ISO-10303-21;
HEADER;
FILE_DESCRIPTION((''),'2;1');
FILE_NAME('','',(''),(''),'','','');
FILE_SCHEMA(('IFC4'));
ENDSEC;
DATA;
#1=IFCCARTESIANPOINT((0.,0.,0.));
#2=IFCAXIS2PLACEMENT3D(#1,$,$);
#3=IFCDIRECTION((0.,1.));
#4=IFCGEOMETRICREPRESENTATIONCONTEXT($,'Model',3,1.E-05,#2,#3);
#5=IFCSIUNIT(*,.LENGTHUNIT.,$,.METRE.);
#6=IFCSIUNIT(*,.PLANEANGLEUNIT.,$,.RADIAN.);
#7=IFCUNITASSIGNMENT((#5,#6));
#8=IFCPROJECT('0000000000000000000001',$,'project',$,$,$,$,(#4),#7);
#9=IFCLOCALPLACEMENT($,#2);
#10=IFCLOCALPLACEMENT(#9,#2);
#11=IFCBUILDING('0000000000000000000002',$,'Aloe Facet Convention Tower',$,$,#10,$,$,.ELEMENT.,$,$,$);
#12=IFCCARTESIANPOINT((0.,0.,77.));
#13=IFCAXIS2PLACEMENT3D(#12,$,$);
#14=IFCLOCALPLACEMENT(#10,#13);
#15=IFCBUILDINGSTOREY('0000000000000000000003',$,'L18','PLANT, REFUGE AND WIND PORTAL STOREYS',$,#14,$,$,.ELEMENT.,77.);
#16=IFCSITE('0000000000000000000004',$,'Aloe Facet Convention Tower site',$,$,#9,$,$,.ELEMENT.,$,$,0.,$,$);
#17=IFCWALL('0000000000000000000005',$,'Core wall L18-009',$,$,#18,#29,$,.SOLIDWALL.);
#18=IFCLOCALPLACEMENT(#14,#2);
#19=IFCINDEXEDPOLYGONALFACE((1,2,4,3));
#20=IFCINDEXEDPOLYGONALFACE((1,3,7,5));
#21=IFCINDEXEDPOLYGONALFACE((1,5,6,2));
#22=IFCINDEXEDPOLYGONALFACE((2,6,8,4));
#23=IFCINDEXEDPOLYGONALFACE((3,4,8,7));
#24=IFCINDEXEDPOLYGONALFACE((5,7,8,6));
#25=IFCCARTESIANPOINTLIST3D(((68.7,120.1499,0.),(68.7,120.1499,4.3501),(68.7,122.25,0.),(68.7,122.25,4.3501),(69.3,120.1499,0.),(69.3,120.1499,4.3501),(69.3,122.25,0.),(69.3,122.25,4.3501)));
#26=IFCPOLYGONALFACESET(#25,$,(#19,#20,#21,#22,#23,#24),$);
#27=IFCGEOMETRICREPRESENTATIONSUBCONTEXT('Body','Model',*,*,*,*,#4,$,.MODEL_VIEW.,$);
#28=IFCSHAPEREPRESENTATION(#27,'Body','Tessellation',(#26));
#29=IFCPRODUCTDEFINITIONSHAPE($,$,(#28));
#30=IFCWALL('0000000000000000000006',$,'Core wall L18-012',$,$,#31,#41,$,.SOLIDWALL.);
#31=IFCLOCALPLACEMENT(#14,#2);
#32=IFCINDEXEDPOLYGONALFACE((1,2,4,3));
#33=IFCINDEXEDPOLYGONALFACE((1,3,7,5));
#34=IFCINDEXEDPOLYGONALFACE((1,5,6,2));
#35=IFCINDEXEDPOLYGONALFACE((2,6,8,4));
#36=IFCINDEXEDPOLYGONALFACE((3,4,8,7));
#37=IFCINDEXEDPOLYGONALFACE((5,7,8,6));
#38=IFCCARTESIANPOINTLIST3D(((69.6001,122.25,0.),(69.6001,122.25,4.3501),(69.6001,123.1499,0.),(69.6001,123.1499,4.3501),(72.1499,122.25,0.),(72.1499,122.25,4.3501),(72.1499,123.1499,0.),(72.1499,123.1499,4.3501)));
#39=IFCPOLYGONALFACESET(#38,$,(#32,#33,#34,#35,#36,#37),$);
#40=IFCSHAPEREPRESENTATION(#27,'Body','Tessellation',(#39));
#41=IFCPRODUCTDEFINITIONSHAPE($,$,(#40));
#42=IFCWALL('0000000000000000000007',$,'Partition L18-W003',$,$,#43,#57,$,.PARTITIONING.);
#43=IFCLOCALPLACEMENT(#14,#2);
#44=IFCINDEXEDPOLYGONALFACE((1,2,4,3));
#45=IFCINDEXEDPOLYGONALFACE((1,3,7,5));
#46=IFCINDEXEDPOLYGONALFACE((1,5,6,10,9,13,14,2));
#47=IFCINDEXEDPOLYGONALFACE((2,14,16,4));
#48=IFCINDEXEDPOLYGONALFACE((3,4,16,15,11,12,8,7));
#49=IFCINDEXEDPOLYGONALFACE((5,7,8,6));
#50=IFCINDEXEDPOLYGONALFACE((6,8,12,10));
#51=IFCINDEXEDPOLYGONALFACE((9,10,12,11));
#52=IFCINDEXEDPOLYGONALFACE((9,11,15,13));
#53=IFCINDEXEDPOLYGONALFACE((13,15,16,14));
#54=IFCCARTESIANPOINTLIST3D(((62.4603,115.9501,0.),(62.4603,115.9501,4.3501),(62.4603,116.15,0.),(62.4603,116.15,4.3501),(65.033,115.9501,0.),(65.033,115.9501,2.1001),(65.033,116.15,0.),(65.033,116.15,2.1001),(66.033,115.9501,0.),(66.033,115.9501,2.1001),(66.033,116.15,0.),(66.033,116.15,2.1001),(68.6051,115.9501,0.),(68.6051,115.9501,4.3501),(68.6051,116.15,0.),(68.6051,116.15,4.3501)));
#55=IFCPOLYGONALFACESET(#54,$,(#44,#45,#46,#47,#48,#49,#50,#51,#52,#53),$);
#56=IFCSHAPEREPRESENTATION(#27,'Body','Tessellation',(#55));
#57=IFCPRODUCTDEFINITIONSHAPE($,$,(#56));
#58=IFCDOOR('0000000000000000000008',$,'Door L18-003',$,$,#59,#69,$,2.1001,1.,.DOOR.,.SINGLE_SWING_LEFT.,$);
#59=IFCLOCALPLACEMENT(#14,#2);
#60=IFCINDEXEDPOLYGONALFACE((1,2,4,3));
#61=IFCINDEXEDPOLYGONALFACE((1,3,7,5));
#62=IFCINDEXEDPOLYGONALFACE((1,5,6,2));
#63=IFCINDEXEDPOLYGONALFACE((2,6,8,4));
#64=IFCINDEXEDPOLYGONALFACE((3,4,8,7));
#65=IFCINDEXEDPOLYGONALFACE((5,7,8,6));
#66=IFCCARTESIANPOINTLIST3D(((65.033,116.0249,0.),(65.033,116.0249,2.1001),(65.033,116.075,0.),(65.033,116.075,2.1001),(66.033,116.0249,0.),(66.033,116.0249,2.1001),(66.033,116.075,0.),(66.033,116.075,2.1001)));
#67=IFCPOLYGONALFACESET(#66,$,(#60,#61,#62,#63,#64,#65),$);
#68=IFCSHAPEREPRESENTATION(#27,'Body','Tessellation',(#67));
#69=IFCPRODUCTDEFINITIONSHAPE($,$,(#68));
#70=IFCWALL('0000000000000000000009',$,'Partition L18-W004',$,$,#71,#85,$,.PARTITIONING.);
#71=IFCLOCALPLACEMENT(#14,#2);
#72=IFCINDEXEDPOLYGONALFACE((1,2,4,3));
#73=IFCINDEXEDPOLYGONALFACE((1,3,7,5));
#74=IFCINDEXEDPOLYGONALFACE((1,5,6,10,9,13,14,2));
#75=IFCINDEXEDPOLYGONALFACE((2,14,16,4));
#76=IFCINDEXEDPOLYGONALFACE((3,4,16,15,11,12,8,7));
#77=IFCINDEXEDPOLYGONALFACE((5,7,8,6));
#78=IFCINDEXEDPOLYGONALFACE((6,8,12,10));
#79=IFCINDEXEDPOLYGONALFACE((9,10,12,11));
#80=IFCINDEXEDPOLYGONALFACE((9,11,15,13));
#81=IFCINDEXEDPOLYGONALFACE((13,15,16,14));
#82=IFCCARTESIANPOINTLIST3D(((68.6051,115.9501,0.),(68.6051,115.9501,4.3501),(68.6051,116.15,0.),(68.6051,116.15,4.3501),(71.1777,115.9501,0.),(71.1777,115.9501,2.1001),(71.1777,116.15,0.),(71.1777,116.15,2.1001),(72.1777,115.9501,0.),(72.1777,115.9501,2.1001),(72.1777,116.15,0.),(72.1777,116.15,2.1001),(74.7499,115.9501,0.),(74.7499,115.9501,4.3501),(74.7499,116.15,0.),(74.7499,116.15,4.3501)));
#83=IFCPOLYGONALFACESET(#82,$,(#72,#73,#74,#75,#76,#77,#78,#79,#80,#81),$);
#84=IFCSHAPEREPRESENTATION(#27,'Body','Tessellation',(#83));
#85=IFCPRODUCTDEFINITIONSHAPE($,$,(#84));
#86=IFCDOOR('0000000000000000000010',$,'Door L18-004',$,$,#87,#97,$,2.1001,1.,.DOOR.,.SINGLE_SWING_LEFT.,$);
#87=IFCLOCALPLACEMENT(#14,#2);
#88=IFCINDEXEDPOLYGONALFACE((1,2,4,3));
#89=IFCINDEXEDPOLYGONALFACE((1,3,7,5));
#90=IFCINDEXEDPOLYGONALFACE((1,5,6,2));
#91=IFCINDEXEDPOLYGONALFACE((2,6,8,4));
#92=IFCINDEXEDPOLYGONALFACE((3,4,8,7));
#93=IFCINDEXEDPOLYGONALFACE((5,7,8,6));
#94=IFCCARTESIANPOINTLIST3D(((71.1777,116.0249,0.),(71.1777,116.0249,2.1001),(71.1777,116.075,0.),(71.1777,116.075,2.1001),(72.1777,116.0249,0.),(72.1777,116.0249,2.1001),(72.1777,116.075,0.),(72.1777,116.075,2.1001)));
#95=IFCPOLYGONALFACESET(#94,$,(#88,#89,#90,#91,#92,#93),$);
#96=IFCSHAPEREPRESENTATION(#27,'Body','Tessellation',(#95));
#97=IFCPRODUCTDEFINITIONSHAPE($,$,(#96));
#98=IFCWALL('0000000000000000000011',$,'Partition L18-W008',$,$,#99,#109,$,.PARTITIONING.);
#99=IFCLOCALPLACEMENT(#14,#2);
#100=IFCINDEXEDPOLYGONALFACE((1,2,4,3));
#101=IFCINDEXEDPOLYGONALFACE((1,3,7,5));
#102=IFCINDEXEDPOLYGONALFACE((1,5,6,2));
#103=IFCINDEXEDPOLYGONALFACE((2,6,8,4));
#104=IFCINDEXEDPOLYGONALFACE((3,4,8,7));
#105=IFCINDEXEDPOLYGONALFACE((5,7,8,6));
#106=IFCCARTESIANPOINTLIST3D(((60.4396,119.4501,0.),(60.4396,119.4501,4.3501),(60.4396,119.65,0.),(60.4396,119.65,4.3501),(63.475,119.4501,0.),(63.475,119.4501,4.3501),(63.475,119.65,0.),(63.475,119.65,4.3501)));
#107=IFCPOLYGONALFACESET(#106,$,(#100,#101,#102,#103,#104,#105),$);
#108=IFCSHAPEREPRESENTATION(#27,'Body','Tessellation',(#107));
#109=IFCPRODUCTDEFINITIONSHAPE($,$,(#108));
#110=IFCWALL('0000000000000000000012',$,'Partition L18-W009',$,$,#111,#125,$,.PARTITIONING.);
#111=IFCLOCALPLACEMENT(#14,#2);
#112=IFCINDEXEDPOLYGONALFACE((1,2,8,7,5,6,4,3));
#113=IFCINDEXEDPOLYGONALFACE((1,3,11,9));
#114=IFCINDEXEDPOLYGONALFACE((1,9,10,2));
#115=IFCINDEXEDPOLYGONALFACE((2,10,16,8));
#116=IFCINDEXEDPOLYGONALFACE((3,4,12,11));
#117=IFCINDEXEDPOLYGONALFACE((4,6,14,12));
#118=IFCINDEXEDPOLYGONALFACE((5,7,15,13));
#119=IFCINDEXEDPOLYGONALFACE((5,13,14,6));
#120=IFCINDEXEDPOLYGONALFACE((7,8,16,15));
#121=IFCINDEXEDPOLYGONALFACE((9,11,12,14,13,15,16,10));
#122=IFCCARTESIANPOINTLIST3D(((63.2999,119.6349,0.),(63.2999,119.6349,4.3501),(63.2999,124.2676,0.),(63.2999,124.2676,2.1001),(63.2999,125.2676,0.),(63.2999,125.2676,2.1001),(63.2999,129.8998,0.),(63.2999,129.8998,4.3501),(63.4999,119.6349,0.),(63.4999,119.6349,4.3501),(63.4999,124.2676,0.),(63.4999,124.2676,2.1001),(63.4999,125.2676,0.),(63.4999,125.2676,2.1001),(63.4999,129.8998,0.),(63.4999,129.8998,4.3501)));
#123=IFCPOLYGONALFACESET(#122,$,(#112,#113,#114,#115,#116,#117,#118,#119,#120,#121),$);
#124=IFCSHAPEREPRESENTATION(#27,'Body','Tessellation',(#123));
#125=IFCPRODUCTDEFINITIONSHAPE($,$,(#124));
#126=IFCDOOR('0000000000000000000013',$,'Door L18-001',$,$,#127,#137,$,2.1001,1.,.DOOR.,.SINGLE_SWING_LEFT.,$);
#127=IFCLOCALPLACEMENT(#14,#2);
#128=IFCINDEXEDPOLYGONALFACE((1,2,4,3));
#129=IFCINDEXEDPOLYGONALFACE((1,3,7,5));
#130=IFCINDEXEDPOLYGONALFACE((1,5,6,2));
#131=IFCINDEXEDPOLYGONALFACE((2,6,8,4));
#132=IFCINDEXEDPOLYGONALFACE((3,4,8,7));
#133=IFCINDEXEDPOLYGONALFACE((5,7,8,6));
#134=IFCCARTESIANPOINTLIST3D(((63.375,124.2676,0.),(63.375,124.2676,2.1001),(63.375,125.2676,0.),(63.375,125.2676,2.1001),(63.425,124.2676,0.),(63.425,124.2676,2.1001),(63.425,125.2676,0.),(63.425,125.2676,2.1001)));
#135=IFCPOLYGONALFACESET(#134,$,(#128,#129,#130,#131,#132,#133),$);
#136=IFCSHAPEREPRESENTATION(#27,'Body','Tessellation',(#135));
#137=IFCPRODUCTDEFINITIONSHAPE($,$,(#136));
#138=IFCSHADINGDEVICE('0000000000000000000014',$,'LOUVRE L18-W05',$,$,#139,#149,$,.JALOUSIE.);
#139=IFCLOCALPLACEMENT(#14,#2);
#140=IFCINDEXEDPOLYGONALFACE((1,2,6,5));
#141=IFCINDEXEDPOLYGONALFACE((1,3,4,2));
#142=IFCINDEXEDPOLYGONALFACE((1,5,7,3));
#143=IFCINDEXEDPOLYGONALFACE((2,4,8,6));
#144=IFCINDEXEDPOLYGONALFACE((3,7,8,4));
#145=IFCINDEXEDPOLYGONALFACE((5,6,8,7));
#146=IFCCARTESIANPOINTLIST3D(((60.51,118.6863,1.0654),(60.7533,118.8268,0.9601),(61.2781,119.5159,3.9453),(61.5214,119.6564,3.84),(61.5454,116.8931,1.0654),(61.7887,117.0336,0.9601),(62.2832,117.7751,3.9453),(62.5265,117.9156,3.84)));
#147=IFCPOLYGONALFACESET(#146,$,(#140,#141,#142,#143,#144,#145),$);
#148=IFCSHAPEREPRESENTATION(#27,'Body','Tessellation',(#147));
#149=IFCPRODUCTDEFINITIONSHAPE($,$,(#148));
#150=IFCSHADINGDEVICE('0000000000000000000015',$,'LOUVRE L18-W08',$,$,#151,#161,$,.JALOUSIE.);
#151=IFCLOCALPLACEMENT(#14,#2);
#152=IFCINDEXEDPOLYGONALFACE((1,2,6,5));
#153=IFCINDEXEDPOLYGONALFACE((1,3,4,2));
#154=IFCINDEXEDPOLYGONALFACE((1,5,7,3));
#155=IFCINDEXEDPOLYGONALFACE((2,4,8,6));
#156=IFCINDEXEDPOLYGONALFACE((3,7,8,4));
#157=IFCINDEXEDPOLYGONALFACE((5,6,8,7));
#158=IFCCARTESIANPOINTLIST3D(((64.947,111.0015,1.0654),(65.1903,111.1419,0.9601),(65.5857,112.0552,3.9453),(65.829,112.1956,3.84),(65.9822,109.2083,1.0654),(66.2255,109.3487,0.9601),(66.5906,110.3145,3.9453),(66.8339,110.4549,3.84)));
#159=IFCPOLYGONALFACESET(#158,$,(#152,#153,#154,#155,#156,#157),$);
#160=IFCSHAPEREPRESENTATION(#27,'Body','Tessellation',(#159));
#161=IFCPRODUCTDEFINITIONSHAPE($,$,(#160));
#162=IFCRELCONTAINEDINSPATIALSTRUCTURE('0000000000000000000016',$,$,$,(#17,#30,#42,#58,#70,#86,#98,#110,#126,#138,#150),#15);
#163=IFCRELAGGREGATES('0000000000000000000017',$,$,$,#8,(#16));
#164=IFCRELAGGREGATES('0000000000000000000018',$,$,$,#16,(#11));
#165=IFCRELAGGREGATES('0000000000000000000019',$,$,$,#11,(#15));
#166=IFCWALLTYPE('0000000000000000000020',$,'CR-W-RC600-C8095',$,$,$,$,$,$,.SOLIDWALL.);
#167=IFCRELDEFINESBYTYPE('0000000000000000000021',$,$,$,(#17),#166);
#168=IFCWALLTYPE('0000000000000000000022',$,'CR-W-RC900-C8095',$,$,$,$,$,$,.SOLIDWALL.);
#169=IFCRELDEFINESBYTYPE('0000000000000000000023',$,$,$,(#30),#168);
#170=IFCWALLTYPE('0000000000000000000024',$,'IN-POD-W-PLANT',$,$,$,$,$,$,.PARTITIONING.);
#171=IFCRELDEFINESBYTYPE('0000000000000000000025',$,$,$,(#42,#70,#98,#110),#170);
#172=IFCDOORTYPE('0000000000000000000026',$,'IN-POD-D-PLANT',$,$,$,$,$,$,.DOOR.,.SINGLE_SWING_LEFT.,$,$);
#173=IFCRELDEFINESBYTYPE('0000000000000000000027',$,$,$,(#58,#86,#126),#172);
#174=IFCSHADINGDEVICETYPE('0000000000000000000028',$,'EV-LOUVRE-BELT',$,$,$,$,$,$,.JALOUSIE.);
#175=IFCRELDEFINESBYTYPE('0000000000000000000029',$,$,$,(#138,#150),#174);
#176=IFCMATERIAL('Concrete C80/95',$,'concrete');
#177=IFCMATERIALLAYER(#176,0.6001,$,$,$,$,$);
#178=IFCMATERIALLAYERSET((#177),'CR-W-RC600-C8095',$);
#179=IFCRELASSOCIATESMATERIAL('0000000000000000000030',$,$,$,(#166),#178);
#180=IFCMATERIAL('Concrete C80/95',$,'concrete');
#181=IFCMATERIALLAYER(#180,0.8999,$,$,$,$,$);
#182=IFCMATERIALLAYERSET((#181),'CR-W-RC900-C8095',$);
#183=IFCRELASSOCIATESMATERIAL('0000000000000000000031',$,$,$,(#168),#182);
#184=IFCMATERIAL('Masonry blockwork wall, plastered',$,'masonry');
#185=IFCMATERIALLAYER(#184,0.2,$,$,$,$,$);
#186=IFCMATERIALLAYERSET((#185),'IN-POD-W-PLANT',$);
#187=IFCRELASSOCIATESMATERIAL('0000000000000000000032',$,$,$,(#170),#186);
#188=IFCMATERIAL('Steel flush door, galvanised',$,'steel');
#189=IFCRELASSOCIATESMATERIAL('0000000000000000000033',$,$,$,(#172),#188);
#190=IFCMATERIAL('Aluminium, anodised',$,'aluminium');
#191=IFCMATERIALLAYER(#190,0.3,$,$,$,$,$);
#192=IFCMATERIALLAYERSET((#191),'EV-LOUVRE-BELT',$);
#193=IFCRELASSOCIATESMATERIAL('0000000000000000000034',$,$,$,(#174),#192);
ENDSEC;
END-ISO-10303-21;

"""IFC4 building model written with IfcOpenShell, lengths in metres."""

from ifc_helpers import new_model, si_unit, direction, frame, frame_2d, origin, place, context, subcontext, project, spatial, polyline, rectangle, outline, extrude, material, layer, layer_set, type_object, element, fill, save


model = new_model("IFC4")

# Units and contexts
model_context = context("Model", 3, precision=1e-05, world=origin(), true_north=direction((0.0, 1.0)))
body_context = subcontext(model_context, "Body", "Model", "MODEL_VIEW")
ifc_project = project(units=[si_unit("LENGTHUNIT", "METRE"), si_unit("PLANEANGLEUNIT", "RADIAN")], contexts=[model_context])

# Site, building, storey
site_placement = place(None, origin())
site = spatial("IfcSite", under=ifc_project, at=site_placement, Name="Aloe Facet Convention Tower site", CompositionType="ELEMENT", RefElevation=0.0)
building_placement = place(site_placement, origin())
building = spatial("IfcBuilding", under=site, at=building_placement, Name="Aloe Facet Convention Tower", CompositionType="ELEMENT")
storey_placement = place(building_placement, frame((0.0, 0.0, 77.0)))
storey = spatial("IfcBuildingStorey", under=building, at=storey_placement, Name="L18", Description="PLANT, REFUGE AND WIND PORTAL STOREYS", CompositionType="ELEMENT", Elevation=77.0)

# Shared definitions
ifc_material_1 = material(Name="Concrete C80/95", Category="concrete")
ifc_layer_1 = layer(ifc_material_1, 0.6001)
ifc_layer_set_1 = layer_set([ifc_layer_1], Name="CR-W-RC600-C8095")
wall_type_1 = type_object("IfcWallType", Name="CR-W-RC600-C8095", PredefinedType="SOLIDWALL", material=ifc_layer_set_1)

# Walls
wall_1_placement = place(storey_placement, frame((69.0, 122.25, 0.0), z_axis=(0.0, 0.0, 1.0), x_axis=(0.0, -1.0, 0.0)))
element("IfcWall", 1, at=wall_1_placement, inside=storey, type_object=wall_type_1, Name="Core wall L18-009", PredefinedType="SOLIDWALL", context=body_context, shape_type="SweptSolid", body=[
    extrude(rectangle(XDim=2.1001, YDim=0.6001, at=frame_2d((1.05, 0.0))), origin(), (0.0, 0.0, 1.0), 4.3501),
])
ifc_material_2 = material(Name="Concrete C80/95", Category="concrete")
ifc_layer_2 = layer(ifc_material_2, 0.8999)
ifc_layer_set_2 = layer_set([ifc_layer_2], Name="CR-W-RC900-C8095")
wall_type_2 = type_object("IfcWallType", Name="CR-W-RC900-C8095", PredefinedType="SOLIDWALL", material=ifc_layer_set_2)
wall_2_placement = place(storey_placement, frame((69.6001, 122.7, 0.0), z_axis=(0.0, 0.0, 1.0), x_axis=(1.0, 0.0, 0.0)))
element("IfcWall", 2, at=wall_2_placement, inside=storey, type_object=wall_type_2, Name="Core wall L18-012", PredefinedType="SOLIDWALL", context=body_context, shape_type="SweptSolid", body=[
    extrude(rectangle(XDim=2.5498, YDim=0.8999, at=frame_2d((1.2749, 0.0))), origin(), (0.0, 0.0, 1.0), 4.3501),
])

# Walls, openings, doors
ifc_material_3 = material(Name="Masonry blockwork wall, plastered", Category="masonry")
ifc_layer_3 = layer(ifc_material_3, 0.2)
ifc_layer_set_3 = layer_set([ifc_layer_3], Name="IN-POD-W-PLANT")
wall_type_3 = type_object("IfcWallType", Name="IN-POD-W-PLANT", PredefinedType="PARTITIONING", material=ifc_layer_set_3)
wall_3_placement = place(storey_placement, frame((62.4604, 116.05, 0.0), z_axis=(0.0, 0.0, 1.0), x_axis=(1.0, 0.0, 0.0)))
wall_3 = element("IfcWall", 3, at=wall_3_placement, inside=storey, type_object=wall_type_3, Name="Partition L18-W003", PredefinedType="PARTITIONING", context=body_context, shape_type="SweptSolid", body=[
    extrude(rectangle(XDim=6.1448, YDim=0.2, at=frame_2d((3.0723, 0.0))), origin(), (0.0, 0.0, 1.0), 4.3501),
])
opening_1_placement = place(wall_3_placement, frame((2.5725, 0.0, 0.0)))
opening_1 = element("IfcOpeningElement", 4, at=opening_1_placement, cuts=wall_3, PredefinedType="OPENING", context=body_context, shape_type="SweptSolid", body=[
    extrude(rectangle(XDim=1.0, YDim=2.1001, at=frame_2d((0.5, 1.05))), frame((0.0, 0.1099, 0.0), z_axis=(0.0, -1.0, 0.0), x_axis=(1.0, 0.0, 0.0)), (0.0, 0.0, 1.0), 0.22),
])
ifc_material_4 = material(Name="Steel flush door, galvanised", Category="steel")
door_type_1 = type_object("IfcDoorType", Name="IN-POD-D-PLANT", OperationType="SINGLE_SWING_LEFT", PredefinedType="DOOR", material=ifc_material_4)
door_1_placement = place(opening_1_placement, origin())
door_1 = element("IfcDoor", 5, at=door_1_placement, inside=storey, type_object=door_type_1, Name="Door L18-003", OperationType="SINGLE_SWING_LEFT", OverallHeight=2.1001, OverallWidth=1.0, PredefinedType="DOOR", context=body_context, shape_type="SweptSolid", body=[
    extrude(rectangle(XDim=1.0, YDim=2.1001, at=frame_2d((0.5, 1.05))), frame((0.0, 0.0249, 0.0), z_axis=(0.0, -1.0, 0.0), x_axis=(1.0, 0.0, 0.0)), (0.0, 0.0, 1.0), 0.05),
])
fill(opening_1, door_1)
wall_4_placement = place(storey_placement, frame((68.6052, 116.05, 0.0), z_axis=(0.0, 0.0, 1.0), x_axis=(1.0, 0.0, 0.0)))
wall_4 = element("IfcWall", 6, at=wall_4_placement, inside=storey, type_object=wall_type_3, Name="Partition L18-W004", PredefinedType="PARTITIONING", context=body_context, shape_type="SweptSolid", body=[
    extrude(rectangle(XDim=6.1448, YDim=0.2, at=frame_2d((3.0723, 0.0))), origin(), (0.0, 0.0, 1.0), 4.3501),
])
opening_2_placement = place(wall_4_placement, frame((2.5725, 0.0, 0.0)))
opening_2 = element("IfcOpeningElement", 7, at=opening_2_placement, cuts=wall_4, PredefinedType="OPENING", context=body_context, shape_type="SweptSolid", body=[
    extrude(rectangle(XDim=1.0, YDim=2.1001, at=frame_2d((0.5, 1.05))), frame((0.0, 0.1099, 0.0), z_axis=(0.0, -1.0, 0.0), x_axis=(1.0, 0.0, 0.0)), (0.0, 0.0, 1.0), 0.22),
])
door_2_placement = place(opening_2_placement, origin())
door_2 = element("IfcDoor", 8, at=door_2_placement, inside=storey, type_object=door_type_1, Name="Door L18-004", OperationType="SINGLE_SWING_LEFT", OverallHeight=2.1001, OverallWidth=1.0, PredefinedType="DOOR", context=body_context, shape_type="SweptSolid", body=[
    extrude(rectangle(XDim=1.0, YDim=2.1001, at=frame_2d((0.5, 1.05))), frame((0.0, 0.0249, 0.0), z_axis=(0.0, -1.0, 0.0), x_axis=(1.0, 0.0, 0.0)), (0.0, 0.0, 1.0), 0.05),
])
fill(opening_2, door_2)

# Wall
wall_5_placement = place(storey_placement, frame((60.4397, 119.55, 0.0), z_axis=(0.0, 0.0, 1.0), x_axis=(1.0, 0.0, 0.0)))
element("IfcWall", 9, at=wall_5_placement, inside=storey, type_object=wall_type_3, Name="Partition L18-W008", PredefinedType="PARTITIONING", context=body_context, shape_type="SweptSolid", body=[
    extrude(rectangle(XDim=3.0354, YDim=0.2, at=frame_2d((1.5176, 0.0))), origin(), (0.0, 0.0, 1.0), 4.3501),
])

# Wall, opening, door
wall_6_placement = place(storey_placement, frame((63.3999, 119.635, 0.0), z_axis=(0.0, 0.0, 1.0), x_axis=(0.0, 1.0, 0.0)))
wall_6 = element("IfcWall", 10, at=wall_6_placement, inside=storey, type_object=wall_type_3, Name="Partition L18-W009", PredefinedType="PARTITIONING", context=body_context, shape_type="SweptSolid", body=[
    extrude(rectangle(XDim=10.2649, YDim=0.2, at=frame_2d((5.1323, 0.0))), origin(), (0.0, 0.0, 1.0), 4.3501),
])
opening_3_placement = place(wall_6_placement, frame((4.6326, 0.0, 0.0)))
opening_3 = element("IfcOpeningElement", 11, at=opening_3_placement, cuts=wall_6, PredefinedType="OPENING", context=body_context, shape_type="SweptSolid", body=[
    extrude(rectangle(XDim=1.0, YDim=2.1001, at=frame_2d((0.5, 1.05))), frame((0.0, 0.1099, 0.0), z_axis=(0.0, -1.0, 0.0), x_axis=(1.0, 0.0, 0.0)), (0.0, 0.0, 1.0), 0.22),
])
door_3_placement = place(opening_3_placement, origin())
door_3 = element("IfcDoor", 12, at=door_3_placement, inside=storey, type_object=door_type_1, Name="Door L18-001", OperationType="SINGLE_SWING_LEFT", OverallHeight=2.1001, OverallWidth=1.0, PredefinedType="DOOR", context=body_context, shape_type="SweptSolid", body=[
    extrude(rectangle(XDim=1.0, YDim=2.1001, at=frame_2d((0.5, 1.05))), frame((0.0, 0.0249, 0.0), z_axis=(0.0, -1.0, 0.0), x_axis=(1.0, 0.0, 0.0)), (0.0, 0.0, 1.0), 0.05),
])
fill(opening_3, door_3)

# Shading devices
ifc_material_5 = material(Name="Aluminium, anodised", Category="aluminium")
ifc_layer_4 = layer(ifc_material_5, 0.3)
ifc_layer_set_4 = layer_set([ifc_layer_4], Name="EV-LOUVRE-BELT")
shading_device_type = type_object("IfcShadingDeviceType", Name="EV-LOUVRE-BELT", PredefinedType="JALOUSIE", material=ifc_layer_set_4)
shading_device_1_placement = place(storey_placement, frame((60.51, 118.6863, 1.0654), z_axis=(-0.810861, -0.468199, 0.351133), x_axis=(0.500038, -0.866004, -0.000002)))
element("IfcShadingDevice", 13, at=shading_device_1_placement, inside=storey, type_object=shading_device_type, Name="LOUVRE L18-W05", PredefinedType="JALOUSIE", context=body_context, shape_type="SweptSolid", body=[
    extrude(outline(polyline([(0.0, 0.0), (2.0707, 0.0), (1.6757, 3.0757), (-0.3344, 3.0757), (0.0, 0.0)])), origin(), (0.0, 0.0, -1.0), 0.3),
])
shading_device_2_placement = place(storey_placement, frame((64.947, 111.0015, 1.0654), z_axis=(-0.810914, -0.468117, 0.351118), x_axis=(0.499948, -0.866055, -0.000002)))
element("IfcShadingDevice", 14, at=shading_device_2_placement, inside=storey, type_object=shading_device_type, Name="LOUVRE L18-W08", PredefinedType="JALOUSIE", context=body_context, shape_type="SweptSolid", body=[
    extrude(outline(polyline([(0.0, 0.0), (2.0705, 0.0), (1.4167, 3.0757), (-0.5933, 3.0757), (0.0, 0.0)])), origin(), (0.0, 0.0, -1.0), 0.3),
])

save(model, "model.ifc")
